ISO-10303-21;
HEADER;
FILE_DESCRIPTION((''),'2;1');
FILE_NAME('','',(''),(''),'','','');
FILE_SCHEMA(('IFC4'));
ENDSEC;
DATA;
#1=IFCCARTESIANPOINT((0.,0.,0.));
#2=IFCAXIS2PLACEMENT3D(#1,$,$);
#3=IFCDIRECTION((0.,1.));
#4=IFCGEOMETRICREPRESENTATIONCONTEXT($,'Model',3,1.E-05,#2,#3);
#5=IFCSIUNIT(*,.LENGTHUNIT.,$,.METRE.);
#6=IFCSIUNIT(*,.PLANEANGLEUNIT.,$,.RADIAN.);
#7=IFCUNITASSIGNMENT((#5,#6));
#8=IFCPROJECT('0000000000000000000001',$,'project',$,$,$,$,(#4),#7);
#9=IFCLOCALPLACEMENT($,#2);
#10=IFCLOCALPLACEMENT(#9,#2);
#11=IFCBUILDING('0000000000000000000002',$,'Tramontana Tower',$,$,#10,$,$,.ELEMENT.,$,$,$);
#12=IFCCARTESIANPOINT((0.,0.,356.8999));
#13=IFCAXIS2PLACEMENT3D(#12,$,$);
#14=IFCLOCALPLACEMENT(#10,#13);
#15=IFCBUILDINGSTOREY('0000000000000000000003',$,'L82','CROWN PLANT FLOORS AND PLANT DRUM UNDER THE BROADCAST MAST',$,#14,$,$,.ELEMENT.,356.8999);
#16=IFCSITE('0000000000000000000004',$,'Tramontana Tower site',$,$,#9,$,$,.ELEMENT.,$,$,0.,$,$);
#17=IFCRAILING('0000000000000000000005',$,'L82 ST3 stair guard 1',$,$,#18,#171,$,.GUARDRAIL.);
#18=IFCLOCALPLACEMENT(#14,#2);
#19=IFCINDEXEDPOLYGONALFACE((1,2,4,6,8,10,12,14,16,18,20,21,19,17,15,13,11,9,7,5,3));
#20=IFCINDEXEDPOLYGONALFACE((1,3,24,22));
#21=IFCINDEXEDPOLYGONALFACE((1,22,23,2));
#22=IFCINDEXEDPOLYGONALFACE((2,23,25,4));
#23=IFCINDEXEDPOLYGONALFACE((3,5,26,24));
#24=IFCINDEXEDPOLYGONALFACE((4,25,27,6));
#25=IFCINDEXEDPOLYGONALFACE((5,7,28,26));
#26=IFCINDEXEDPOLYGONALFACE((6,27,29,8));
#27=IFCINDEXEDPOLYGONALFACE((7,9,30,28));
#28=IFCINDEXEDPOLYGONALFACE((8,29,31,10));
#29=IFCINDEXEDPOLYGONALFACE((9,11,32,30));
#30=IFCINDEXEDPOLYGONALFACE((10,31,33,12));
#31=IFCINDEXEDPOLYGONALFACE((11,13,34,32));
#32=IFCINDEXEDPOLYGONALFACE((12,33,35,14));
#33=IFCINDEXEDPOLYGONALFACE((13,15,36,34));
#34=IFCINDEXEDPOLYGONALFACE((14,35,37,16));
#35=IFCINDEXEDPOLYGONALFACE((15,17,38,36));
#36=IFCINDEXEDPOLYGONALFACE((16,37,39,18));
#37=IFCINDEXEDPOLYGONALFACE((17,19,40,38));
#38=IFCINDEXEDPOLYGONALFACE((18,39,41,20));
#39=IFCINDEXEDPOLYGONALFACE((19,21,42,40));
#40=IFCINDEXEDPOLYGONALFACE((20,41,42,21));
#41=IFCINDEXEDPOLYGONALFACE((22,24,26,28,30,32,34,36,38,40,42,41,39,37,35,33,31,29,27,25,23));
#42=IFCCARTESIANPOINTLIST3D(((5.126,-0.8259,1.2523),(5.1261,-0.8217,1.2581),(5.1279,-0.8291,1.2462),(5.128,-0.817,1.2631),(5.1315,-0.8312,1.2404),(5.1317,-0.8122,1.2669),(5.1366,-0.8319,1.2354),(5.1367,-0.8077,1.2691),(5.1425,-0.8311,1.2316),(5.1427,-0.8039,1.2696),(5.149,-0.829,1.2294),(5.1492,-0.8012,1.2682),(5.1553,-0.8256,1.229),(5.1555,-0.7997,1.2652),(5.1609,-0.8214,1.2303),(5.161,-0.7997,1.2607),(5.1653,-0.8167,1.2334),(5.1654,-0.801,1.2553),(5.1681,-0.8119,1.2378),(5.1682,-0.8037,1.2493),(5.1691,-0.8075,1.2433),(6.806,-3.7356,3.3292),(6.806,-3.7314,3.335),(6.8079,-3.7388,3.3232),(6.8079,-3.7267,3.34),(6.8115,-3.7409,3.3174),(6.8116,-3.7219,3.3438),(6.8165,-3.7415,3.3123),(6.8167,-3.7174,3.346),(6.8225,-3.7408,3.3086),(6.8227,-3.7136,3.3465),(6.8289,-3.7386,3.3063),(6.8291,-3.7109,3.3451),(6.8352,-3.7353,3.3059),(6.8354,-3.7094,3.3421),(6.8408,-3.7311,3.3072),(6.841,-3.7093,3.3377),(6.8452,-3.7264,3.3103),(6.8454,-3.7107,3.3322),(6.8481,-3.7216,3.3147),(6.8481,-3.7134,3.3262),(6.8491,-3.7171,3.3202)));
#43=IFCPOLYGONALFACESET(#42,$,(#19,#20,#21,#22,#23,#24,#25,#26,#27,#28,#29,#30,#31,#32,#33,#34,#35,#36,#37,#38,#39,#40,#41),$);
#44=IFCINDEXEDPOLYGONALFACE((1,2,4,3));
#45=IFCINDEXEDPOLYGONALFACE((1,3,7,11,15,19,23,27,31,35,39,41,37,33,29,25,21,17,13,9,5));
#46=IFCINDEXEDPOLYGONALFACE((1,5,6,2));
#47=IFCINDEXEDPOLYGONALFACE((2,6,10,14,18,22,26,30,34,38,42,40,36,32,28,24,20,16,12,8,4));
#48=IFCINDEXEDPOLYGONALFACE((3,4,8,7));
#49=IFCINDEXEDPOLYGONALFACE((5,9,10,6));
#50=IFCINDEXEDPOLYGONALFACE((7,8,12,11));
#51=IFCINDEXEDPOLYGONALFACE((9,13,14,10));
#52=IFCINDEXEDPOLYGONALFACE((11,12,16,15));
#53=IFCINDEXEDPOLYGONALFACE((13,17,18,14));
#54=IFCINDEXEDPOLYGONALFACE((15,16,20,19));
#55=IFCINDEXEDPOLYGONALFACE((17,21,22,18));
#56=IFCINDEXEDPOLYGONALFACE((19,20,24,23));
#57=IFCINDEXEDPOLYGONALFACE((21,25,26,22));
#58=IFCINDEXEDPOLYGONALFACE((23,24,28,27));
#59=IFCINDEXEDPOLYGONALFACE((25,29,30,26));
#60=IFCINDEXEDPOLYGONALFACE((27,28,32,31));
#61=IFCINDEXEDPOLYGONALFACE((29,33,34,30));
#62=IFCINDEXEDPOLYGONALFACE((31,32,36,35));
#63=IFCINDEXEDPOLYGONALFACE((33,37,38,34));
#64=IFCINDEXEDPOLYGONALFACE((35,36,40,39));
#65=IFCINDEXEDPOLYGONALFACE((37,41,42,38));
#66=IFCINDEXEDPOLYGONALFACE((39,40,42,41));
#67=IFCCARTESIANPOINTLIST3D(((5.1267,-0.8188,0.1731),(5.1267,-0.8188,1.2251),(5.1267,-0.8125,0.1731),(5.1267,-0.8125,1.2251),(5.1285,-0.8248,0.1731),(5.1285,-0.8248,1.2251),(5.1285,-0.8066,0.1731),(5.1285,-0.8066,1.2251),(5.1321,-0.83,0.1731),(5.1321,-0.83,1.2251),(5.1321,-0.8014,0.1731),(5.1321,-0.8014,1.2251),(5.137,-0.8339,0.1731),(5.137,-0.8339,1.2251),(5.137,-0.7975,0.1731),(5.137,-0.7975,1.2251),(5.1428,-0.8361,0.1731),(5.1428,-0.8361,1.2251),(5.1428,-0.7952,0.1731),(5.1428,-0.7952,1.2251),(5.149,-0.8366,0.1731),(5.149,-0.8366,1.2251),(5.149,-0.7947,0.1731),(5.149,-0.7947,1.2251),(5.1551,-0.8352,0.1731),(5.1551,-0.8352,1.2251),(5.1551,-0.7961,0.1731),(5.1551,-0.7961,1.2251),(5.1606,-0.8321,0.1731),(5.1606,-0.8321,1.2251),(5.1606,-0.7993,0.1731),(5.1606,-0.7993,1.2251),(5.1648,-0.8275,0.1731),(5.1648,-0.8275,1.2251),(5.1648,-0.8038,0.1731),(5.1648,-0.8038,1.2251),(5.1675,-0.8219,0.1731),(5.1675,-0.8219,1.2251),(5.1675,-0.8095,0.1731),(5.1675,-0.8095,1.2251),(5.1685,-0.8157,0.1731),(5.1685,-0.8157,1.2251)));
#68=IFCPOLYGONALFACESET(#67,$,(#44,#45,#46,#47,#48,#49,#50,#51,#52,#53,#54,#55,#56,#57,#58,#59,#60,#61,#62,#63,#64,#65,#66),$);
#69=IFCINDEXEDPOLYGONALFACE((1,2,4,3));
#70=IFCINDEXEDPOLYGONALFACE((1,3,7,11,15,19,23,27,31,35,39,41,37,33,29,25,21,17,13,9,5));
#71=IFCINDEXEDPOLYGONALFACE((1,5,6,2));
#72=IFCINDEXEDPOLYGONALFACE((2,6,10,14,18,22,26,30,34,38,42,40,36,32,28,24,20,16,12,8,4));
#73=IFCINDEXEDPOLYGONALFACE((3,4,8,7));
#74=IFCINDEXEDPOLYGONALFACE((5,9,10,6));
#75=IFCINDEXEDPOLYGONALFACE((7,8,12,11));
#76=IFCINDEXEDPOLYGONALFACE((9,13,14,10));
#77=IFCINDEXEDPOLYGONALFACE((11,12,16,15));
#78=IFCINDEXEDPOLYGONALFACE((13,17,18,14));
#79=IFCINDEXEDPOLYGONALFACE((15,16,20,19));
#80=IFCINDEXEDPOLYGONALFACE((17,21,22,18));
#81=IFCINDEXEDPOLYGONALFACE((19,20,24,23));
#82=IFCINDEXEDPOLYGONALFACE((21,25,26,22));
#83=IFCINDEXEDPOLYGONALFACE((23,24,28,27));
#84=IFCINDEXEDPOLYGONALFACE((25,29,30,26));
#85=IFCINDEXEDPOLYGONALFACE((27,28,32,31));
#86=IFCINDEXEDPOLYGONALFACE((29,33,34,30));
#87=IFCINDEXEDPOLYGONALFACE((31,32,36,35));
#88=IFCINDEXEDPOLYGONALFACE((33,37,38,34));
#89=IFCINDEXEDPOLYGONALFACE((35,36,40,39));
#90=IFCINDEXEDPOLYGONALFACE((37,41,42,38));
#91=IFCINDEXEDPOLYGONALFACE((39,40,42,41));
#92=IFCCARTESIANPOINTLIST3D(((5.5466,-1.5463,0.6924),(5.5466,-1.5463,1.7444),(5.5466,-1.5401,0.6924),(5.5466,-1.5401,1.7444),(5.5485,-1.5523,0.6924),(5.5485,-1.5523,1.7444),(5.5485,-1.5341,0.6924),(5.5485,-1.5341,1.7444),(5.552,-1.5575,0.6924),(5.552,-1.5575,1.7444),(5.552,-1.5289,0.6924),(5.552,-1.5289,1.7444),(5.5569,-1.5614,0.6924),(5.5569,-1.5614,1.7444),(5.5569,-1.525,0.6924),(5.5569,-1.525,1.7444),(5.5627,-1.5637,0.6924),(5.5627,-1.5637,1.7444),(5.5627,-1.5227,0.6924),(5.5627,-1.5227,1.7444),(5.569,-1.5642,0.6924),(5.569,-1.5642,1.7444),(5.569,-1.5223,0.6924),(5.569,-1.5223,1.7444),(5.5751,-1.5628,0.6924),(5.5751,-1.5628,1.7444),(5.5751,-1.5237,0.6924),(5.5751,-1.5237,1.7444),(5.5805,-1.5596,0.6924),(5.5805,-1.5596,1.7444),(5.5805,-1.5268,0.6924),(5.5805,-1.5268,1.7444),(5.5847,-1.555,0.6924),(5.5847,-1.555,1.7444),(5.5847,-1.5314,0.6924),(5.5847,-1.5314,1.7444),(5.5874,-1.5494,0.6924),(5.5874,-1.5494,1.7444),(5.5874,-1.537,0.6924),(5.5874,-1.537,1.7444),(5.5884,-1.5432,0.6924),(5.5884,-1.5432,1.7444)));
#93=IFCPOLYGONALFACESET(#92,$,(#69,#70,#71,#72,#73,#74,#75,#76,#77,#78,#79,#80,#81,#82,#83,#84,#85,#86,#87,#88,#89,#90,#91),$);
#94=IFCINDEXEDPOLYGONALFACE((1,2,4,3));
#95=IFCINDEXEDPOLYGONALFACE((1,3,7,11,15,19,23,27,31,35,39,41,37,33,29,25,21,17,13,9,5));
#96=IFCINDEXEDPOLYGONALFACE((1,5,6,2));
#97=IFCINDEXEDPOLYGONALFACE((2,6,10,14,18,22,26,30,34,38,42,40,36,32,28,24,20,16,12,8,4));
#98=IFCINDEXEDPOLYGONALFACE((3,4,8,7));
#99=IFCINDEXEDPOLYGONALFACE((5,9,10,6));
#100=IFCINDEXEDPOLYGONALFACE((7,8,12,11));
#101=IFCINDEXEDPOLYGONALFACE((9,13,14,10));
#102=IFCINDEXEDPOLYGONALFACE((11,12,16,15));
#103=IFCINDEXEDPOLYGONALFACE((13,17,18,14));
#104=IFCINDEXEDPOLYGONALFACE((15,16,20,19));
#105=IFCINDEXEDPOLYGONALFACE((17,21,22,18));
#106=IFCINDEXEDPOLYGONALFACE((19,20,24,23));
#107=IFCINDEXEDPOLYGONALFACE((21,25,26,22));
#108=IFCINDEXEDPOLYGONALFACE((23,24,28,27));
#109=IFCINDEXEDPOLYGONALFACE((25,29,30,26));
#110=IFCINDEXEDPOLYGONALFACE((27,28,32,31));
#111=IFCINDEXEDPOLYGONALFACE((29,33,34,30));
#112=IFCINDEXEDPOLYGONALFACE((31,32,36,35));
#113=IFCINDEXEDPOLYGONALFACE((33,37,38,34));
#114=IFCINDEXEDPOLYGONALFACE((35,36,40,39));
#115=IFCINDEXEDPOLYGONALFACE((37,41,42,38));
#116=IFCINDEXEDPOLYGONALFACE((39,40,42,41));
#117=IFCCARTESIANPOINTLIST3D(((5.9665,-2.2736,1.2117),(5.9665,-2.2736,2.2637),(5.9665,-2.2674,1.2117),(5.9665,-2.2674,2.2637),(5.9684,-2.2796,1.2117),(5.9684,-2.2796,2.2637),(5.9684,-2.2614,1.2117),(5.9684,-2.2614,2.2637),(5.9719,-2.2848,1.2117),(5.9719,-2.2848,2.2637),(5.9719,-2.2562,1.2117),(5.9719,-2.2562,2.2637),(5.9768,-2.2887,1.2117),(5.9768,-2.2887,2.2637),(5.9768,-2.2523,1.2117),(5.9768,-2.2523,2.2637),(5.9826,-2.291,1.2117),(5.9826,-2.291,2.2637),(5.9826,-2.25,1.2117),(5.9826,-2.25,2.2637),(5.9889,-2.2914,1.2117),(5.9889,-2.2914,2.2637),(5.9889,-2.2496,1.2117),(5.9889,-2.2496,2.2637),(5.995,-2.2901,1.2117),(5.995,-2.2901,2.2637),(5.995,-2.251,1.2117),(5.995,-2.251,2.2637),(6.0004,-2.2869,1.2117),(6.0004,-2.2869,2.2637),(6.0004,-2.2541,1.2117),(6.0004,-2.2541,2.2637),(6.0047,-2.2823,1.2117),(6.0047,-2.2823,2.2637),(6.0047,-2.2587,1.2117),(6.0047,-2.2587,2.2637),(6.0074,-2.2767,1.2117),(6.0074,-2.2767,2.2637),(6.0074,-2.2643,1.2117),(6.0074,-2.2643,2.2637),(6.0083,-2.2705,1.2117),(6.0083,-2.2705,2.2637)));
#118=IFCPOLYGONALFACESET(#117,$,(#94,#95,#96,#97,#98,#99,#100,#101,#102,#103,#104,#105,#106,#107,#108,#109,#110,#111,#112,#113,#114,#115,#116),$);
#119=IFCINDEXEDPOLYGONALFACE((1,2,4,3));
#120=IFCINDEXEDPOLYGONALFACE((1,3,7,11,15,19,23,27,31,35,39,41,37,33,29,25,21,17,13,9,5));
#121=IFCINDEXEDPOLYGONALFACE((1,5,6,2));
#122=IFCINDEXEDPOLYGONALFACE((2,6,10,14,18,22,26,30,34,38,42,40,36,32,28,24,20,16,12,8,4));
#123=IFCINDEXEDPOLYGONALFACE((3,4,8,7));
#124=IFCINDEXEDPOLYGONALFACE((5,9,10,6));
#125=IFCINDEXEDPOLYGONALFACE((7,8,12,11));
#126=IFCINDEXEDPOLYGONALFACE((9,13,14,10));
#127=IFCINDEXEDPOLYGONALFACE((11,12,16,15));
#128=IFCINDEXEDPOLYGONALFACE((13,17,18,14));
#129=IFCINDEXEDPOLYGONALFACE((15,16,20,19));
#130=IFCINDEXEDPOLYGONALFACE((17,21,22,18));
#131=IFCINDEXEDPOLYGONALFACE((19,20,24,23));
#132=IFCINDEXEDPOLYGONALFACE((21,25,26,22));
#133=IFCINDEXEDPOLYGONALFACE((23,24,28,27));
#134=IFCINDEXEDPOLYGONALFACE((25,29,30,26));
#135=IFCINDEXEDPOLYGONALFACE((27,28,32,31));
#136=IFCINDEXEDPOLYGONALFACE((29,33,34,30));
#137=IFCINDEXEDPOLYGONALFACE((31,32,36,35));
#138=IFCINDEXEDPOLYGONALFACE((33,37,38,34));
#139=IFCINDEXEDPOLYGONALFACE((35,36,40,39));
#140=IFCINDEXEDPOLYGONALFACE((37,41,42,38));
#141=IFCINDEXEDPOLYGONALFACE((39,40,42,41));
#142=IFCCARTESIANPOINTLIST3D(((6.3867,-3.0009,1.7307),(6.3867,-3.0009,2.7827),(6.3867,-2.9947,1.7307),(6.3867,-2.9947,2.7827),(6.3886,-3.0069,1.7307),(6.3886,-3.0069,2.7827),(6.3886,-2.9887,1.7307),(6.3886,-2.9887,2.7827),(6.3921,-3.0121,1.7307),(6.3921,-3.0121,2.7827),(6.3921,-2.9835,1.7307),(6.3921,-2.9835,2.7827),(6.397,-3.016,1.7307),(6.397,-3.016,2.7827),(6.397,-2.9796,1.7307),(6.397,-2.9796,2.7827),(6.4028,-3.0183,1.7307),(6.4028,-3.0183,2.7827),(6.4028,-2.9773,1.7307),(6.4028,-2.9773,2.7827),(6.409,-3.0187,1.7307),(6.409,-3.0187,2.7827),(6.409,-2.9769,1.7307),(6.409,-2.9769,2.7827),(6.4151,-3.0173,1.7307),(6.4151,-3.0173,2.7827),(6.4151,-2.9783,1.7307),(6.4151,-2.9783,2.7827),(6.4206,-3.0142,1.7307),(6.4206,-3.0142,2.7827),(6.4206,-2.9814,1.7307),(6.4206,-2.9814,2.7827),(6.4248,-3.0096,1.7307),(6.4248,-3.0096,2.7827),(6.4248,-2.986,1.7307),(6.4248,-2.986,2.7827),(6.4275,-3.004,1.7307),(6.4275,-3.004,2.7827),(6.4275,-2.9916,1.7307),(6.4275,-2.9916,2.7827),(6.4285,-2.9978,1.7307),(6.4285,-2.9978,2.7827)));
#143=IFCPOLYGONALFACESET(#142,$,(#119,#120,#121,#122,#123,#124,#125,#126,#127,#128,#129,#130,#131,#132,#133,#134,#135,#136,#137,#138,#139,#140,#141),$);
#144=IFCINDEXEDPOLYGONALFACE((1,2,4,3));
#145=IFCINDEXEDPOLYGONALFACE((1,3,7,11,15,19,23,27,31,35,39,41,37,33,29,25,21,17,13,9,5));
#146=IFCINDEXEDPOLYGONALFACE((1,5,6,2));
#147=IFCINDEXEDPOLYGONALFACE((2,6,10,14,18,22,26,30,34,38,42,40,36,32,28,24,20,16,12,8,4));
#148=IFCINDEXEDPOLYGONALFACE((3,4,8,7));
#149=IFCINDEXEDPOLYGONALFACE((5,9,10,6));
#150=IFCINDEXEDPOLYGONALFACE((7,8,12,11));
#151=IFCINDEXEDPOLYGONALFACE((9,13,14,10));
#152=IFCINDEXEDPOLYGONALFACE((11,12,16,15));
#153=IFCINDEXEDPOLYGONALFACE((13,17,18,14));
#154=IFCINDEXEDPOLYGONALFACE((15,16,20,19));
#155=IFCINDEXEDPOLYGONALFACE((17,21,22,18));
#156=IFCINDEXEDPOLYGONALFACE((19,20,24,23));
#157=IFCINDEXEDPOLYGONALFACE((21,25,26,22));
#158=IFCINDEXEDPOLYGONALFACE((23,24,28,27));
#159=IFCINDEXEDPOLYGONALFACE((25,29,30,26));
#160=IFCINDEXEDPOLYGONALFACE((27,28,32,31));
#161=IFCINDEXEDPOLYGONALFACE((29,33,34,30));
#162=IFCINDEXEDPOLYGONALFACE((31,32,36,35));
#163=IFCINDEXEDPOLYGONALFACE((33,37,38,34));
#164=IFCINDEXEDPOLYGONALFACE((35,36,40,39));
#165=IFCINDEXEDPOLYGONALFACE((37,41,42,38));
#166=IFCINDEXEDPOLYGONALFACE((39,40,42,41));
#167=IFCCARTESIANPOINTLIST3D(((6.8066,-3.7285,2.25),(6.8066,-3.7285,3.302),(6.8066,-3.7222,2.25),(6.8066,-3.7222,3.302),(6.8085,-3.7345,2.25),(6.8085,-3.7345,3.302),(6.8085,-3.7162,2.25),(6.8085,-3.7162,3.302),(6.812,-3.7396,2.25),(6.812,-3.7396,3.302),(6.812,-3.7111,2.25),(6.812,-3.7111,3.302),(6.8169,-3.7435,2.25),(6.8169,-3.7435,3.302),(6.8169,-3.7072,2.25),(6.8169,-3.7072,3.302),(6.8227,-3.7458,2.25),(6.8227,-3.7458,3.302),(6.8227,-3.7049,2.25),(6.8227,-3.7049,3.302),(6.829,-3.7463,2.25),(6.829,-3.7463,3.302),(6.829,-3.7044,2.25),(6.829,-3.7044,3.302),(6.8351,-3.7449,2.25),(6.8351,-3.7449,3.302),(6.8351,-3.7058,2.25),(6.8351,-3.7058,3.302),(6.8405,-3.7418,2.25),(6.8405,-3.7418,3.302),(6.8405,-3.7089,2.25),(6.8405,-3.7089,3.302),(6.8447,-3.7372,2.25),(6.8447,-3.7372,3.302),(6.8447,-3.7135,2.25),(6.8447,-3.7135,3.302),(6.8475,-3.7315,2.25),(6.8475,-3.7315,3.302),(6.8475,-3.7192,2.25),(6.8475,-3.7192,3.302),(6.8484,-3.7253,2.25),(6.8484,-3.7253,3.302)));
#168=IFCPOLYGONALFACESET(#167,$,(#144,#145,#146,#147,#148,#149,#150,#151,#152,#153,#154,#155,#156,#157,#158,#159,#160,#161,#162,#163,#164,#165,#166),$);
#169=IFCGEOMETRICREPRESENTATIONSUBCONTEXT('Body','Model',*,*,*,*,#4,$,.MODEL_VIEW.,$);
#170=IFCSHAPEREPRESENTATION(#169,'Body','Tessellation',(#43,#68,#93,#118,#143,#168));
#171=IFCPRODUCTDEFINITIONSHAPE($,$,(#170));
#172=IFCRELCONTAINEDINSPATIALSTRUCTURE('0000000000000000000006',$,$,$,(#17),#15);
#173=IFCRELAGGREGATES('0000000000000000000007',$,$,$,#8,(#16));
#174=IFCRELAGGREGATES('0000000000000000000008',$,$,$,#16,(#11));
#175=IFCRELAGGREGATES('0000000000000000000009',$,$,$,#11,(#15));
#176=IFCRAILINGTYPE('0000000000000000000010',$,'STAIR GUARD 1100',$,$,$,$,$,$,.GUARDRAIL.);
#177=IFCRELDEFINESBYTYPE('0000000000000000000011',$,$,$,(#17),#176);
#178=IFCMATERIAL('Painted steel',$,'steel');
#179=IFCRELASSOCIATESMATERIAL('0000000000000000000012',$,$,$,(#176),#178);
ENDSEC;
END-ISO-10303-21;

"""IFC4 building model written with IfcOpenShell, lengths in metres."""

from ifc_helpers import new_model, si_unit, direction, frame, origin, origin_2d, place, context, subcontext, project, spatial, circle, extrude, material, type_object, element, save


model = new_model("IFC4")

# Units and contexts
model_context = context("Model", 3, precision=1e-05, world=origin(), true_north=direction((0.0, 1.0)))
body_context = subcontext(model_context, "Body", "Model", "MODEL_VIEW")
ifc_project = project(units=[si_unit("LENGTHUNIT", "METRE"), si_unit("PLANEANGLEUNIT", "RADIAN")], contexts=[model_context])

# Site, building, storey
site_placement = place(None, origin())
site = spatial("IfcSite", under=ifc_project, at=site_placement, Name="Tramontana Tower site", CompositionType="ELEMENT", RefElevation=0.0)
building_placement = place(site_placement, origin())
building = spatial("IfcBuilding", under=site, at=building_placement, Name="Tramontana Tower", CompositionType="ELEMENT")
storey_placement = place(building_placement, frame((0.0, 0.0, 356.8999)))
storey = spatial("IfcBuildingStorey", under=building, at=storey_placement, Name="L82", Description="CROWN PLANT FLOORS AND PLANT DRUM UNDER THE BROADCAST MAST", CompositionType="ELEMENT", Elevation=356.8999)

# Railing
ifc_material_1 = material(Name="Painted steel", Category="steel")
railing_type_1 = type_object("IfcRailingType", Name="STAIR GUARD 1100", PredefinedType="GUARDRAIL", material=ifc_material_1)
railing_1_placement = place(storey_placement, frame((5.1475, -0.8157, 0.1731)))
element("IfcRailing", 1, at=railing_1_placement, inside=storey, type_object=railing_type_1, Name="L82 ST3 stair guard 1", PredefinedType="GUARDRAIL", context=body_context, shape_type="SweptSolid", body=[
    extrude(circle(Radius=0.0239, at=origin_2d()), frame((0.0, 0.0, 1.0762), z_axis=(0.425308, -0.73664, 0.525809), x_axis=(0.866021, 0.500008, 0.0)), (0.0, 0.0, 1.0), 3.95),
    extrude(circle(Radius=0.021, at=origin_2d()), origin(), (0.0, 0.0, 1.0), 1.052),
    extrude(circle(Radius=0.021, at=origin_2d()), frame((0.4199, -0.7275, 0.5193)), (0.0, 0.0, 1.0), 1.052),
    extrude(circle(Radius=0.021, at=origin_2d()), frame((0.8398, -1.4548, 1.0386)), (0.0, 0.0, 1.0), 1.052),
    extrude(circle(Radius=0.021, at=origin_2d()), frame((1.26, -2.1821, 1.5576)), (0.0, 0.0, 1.0), 1.052),
    extrude(circle(Radius=0.021, at=origin_2d()), frame((1.6799, -2.9097, 2.0769)), (0.0, 0.0, 1.0), 1.052),
])

save(model, "model.ifc")
